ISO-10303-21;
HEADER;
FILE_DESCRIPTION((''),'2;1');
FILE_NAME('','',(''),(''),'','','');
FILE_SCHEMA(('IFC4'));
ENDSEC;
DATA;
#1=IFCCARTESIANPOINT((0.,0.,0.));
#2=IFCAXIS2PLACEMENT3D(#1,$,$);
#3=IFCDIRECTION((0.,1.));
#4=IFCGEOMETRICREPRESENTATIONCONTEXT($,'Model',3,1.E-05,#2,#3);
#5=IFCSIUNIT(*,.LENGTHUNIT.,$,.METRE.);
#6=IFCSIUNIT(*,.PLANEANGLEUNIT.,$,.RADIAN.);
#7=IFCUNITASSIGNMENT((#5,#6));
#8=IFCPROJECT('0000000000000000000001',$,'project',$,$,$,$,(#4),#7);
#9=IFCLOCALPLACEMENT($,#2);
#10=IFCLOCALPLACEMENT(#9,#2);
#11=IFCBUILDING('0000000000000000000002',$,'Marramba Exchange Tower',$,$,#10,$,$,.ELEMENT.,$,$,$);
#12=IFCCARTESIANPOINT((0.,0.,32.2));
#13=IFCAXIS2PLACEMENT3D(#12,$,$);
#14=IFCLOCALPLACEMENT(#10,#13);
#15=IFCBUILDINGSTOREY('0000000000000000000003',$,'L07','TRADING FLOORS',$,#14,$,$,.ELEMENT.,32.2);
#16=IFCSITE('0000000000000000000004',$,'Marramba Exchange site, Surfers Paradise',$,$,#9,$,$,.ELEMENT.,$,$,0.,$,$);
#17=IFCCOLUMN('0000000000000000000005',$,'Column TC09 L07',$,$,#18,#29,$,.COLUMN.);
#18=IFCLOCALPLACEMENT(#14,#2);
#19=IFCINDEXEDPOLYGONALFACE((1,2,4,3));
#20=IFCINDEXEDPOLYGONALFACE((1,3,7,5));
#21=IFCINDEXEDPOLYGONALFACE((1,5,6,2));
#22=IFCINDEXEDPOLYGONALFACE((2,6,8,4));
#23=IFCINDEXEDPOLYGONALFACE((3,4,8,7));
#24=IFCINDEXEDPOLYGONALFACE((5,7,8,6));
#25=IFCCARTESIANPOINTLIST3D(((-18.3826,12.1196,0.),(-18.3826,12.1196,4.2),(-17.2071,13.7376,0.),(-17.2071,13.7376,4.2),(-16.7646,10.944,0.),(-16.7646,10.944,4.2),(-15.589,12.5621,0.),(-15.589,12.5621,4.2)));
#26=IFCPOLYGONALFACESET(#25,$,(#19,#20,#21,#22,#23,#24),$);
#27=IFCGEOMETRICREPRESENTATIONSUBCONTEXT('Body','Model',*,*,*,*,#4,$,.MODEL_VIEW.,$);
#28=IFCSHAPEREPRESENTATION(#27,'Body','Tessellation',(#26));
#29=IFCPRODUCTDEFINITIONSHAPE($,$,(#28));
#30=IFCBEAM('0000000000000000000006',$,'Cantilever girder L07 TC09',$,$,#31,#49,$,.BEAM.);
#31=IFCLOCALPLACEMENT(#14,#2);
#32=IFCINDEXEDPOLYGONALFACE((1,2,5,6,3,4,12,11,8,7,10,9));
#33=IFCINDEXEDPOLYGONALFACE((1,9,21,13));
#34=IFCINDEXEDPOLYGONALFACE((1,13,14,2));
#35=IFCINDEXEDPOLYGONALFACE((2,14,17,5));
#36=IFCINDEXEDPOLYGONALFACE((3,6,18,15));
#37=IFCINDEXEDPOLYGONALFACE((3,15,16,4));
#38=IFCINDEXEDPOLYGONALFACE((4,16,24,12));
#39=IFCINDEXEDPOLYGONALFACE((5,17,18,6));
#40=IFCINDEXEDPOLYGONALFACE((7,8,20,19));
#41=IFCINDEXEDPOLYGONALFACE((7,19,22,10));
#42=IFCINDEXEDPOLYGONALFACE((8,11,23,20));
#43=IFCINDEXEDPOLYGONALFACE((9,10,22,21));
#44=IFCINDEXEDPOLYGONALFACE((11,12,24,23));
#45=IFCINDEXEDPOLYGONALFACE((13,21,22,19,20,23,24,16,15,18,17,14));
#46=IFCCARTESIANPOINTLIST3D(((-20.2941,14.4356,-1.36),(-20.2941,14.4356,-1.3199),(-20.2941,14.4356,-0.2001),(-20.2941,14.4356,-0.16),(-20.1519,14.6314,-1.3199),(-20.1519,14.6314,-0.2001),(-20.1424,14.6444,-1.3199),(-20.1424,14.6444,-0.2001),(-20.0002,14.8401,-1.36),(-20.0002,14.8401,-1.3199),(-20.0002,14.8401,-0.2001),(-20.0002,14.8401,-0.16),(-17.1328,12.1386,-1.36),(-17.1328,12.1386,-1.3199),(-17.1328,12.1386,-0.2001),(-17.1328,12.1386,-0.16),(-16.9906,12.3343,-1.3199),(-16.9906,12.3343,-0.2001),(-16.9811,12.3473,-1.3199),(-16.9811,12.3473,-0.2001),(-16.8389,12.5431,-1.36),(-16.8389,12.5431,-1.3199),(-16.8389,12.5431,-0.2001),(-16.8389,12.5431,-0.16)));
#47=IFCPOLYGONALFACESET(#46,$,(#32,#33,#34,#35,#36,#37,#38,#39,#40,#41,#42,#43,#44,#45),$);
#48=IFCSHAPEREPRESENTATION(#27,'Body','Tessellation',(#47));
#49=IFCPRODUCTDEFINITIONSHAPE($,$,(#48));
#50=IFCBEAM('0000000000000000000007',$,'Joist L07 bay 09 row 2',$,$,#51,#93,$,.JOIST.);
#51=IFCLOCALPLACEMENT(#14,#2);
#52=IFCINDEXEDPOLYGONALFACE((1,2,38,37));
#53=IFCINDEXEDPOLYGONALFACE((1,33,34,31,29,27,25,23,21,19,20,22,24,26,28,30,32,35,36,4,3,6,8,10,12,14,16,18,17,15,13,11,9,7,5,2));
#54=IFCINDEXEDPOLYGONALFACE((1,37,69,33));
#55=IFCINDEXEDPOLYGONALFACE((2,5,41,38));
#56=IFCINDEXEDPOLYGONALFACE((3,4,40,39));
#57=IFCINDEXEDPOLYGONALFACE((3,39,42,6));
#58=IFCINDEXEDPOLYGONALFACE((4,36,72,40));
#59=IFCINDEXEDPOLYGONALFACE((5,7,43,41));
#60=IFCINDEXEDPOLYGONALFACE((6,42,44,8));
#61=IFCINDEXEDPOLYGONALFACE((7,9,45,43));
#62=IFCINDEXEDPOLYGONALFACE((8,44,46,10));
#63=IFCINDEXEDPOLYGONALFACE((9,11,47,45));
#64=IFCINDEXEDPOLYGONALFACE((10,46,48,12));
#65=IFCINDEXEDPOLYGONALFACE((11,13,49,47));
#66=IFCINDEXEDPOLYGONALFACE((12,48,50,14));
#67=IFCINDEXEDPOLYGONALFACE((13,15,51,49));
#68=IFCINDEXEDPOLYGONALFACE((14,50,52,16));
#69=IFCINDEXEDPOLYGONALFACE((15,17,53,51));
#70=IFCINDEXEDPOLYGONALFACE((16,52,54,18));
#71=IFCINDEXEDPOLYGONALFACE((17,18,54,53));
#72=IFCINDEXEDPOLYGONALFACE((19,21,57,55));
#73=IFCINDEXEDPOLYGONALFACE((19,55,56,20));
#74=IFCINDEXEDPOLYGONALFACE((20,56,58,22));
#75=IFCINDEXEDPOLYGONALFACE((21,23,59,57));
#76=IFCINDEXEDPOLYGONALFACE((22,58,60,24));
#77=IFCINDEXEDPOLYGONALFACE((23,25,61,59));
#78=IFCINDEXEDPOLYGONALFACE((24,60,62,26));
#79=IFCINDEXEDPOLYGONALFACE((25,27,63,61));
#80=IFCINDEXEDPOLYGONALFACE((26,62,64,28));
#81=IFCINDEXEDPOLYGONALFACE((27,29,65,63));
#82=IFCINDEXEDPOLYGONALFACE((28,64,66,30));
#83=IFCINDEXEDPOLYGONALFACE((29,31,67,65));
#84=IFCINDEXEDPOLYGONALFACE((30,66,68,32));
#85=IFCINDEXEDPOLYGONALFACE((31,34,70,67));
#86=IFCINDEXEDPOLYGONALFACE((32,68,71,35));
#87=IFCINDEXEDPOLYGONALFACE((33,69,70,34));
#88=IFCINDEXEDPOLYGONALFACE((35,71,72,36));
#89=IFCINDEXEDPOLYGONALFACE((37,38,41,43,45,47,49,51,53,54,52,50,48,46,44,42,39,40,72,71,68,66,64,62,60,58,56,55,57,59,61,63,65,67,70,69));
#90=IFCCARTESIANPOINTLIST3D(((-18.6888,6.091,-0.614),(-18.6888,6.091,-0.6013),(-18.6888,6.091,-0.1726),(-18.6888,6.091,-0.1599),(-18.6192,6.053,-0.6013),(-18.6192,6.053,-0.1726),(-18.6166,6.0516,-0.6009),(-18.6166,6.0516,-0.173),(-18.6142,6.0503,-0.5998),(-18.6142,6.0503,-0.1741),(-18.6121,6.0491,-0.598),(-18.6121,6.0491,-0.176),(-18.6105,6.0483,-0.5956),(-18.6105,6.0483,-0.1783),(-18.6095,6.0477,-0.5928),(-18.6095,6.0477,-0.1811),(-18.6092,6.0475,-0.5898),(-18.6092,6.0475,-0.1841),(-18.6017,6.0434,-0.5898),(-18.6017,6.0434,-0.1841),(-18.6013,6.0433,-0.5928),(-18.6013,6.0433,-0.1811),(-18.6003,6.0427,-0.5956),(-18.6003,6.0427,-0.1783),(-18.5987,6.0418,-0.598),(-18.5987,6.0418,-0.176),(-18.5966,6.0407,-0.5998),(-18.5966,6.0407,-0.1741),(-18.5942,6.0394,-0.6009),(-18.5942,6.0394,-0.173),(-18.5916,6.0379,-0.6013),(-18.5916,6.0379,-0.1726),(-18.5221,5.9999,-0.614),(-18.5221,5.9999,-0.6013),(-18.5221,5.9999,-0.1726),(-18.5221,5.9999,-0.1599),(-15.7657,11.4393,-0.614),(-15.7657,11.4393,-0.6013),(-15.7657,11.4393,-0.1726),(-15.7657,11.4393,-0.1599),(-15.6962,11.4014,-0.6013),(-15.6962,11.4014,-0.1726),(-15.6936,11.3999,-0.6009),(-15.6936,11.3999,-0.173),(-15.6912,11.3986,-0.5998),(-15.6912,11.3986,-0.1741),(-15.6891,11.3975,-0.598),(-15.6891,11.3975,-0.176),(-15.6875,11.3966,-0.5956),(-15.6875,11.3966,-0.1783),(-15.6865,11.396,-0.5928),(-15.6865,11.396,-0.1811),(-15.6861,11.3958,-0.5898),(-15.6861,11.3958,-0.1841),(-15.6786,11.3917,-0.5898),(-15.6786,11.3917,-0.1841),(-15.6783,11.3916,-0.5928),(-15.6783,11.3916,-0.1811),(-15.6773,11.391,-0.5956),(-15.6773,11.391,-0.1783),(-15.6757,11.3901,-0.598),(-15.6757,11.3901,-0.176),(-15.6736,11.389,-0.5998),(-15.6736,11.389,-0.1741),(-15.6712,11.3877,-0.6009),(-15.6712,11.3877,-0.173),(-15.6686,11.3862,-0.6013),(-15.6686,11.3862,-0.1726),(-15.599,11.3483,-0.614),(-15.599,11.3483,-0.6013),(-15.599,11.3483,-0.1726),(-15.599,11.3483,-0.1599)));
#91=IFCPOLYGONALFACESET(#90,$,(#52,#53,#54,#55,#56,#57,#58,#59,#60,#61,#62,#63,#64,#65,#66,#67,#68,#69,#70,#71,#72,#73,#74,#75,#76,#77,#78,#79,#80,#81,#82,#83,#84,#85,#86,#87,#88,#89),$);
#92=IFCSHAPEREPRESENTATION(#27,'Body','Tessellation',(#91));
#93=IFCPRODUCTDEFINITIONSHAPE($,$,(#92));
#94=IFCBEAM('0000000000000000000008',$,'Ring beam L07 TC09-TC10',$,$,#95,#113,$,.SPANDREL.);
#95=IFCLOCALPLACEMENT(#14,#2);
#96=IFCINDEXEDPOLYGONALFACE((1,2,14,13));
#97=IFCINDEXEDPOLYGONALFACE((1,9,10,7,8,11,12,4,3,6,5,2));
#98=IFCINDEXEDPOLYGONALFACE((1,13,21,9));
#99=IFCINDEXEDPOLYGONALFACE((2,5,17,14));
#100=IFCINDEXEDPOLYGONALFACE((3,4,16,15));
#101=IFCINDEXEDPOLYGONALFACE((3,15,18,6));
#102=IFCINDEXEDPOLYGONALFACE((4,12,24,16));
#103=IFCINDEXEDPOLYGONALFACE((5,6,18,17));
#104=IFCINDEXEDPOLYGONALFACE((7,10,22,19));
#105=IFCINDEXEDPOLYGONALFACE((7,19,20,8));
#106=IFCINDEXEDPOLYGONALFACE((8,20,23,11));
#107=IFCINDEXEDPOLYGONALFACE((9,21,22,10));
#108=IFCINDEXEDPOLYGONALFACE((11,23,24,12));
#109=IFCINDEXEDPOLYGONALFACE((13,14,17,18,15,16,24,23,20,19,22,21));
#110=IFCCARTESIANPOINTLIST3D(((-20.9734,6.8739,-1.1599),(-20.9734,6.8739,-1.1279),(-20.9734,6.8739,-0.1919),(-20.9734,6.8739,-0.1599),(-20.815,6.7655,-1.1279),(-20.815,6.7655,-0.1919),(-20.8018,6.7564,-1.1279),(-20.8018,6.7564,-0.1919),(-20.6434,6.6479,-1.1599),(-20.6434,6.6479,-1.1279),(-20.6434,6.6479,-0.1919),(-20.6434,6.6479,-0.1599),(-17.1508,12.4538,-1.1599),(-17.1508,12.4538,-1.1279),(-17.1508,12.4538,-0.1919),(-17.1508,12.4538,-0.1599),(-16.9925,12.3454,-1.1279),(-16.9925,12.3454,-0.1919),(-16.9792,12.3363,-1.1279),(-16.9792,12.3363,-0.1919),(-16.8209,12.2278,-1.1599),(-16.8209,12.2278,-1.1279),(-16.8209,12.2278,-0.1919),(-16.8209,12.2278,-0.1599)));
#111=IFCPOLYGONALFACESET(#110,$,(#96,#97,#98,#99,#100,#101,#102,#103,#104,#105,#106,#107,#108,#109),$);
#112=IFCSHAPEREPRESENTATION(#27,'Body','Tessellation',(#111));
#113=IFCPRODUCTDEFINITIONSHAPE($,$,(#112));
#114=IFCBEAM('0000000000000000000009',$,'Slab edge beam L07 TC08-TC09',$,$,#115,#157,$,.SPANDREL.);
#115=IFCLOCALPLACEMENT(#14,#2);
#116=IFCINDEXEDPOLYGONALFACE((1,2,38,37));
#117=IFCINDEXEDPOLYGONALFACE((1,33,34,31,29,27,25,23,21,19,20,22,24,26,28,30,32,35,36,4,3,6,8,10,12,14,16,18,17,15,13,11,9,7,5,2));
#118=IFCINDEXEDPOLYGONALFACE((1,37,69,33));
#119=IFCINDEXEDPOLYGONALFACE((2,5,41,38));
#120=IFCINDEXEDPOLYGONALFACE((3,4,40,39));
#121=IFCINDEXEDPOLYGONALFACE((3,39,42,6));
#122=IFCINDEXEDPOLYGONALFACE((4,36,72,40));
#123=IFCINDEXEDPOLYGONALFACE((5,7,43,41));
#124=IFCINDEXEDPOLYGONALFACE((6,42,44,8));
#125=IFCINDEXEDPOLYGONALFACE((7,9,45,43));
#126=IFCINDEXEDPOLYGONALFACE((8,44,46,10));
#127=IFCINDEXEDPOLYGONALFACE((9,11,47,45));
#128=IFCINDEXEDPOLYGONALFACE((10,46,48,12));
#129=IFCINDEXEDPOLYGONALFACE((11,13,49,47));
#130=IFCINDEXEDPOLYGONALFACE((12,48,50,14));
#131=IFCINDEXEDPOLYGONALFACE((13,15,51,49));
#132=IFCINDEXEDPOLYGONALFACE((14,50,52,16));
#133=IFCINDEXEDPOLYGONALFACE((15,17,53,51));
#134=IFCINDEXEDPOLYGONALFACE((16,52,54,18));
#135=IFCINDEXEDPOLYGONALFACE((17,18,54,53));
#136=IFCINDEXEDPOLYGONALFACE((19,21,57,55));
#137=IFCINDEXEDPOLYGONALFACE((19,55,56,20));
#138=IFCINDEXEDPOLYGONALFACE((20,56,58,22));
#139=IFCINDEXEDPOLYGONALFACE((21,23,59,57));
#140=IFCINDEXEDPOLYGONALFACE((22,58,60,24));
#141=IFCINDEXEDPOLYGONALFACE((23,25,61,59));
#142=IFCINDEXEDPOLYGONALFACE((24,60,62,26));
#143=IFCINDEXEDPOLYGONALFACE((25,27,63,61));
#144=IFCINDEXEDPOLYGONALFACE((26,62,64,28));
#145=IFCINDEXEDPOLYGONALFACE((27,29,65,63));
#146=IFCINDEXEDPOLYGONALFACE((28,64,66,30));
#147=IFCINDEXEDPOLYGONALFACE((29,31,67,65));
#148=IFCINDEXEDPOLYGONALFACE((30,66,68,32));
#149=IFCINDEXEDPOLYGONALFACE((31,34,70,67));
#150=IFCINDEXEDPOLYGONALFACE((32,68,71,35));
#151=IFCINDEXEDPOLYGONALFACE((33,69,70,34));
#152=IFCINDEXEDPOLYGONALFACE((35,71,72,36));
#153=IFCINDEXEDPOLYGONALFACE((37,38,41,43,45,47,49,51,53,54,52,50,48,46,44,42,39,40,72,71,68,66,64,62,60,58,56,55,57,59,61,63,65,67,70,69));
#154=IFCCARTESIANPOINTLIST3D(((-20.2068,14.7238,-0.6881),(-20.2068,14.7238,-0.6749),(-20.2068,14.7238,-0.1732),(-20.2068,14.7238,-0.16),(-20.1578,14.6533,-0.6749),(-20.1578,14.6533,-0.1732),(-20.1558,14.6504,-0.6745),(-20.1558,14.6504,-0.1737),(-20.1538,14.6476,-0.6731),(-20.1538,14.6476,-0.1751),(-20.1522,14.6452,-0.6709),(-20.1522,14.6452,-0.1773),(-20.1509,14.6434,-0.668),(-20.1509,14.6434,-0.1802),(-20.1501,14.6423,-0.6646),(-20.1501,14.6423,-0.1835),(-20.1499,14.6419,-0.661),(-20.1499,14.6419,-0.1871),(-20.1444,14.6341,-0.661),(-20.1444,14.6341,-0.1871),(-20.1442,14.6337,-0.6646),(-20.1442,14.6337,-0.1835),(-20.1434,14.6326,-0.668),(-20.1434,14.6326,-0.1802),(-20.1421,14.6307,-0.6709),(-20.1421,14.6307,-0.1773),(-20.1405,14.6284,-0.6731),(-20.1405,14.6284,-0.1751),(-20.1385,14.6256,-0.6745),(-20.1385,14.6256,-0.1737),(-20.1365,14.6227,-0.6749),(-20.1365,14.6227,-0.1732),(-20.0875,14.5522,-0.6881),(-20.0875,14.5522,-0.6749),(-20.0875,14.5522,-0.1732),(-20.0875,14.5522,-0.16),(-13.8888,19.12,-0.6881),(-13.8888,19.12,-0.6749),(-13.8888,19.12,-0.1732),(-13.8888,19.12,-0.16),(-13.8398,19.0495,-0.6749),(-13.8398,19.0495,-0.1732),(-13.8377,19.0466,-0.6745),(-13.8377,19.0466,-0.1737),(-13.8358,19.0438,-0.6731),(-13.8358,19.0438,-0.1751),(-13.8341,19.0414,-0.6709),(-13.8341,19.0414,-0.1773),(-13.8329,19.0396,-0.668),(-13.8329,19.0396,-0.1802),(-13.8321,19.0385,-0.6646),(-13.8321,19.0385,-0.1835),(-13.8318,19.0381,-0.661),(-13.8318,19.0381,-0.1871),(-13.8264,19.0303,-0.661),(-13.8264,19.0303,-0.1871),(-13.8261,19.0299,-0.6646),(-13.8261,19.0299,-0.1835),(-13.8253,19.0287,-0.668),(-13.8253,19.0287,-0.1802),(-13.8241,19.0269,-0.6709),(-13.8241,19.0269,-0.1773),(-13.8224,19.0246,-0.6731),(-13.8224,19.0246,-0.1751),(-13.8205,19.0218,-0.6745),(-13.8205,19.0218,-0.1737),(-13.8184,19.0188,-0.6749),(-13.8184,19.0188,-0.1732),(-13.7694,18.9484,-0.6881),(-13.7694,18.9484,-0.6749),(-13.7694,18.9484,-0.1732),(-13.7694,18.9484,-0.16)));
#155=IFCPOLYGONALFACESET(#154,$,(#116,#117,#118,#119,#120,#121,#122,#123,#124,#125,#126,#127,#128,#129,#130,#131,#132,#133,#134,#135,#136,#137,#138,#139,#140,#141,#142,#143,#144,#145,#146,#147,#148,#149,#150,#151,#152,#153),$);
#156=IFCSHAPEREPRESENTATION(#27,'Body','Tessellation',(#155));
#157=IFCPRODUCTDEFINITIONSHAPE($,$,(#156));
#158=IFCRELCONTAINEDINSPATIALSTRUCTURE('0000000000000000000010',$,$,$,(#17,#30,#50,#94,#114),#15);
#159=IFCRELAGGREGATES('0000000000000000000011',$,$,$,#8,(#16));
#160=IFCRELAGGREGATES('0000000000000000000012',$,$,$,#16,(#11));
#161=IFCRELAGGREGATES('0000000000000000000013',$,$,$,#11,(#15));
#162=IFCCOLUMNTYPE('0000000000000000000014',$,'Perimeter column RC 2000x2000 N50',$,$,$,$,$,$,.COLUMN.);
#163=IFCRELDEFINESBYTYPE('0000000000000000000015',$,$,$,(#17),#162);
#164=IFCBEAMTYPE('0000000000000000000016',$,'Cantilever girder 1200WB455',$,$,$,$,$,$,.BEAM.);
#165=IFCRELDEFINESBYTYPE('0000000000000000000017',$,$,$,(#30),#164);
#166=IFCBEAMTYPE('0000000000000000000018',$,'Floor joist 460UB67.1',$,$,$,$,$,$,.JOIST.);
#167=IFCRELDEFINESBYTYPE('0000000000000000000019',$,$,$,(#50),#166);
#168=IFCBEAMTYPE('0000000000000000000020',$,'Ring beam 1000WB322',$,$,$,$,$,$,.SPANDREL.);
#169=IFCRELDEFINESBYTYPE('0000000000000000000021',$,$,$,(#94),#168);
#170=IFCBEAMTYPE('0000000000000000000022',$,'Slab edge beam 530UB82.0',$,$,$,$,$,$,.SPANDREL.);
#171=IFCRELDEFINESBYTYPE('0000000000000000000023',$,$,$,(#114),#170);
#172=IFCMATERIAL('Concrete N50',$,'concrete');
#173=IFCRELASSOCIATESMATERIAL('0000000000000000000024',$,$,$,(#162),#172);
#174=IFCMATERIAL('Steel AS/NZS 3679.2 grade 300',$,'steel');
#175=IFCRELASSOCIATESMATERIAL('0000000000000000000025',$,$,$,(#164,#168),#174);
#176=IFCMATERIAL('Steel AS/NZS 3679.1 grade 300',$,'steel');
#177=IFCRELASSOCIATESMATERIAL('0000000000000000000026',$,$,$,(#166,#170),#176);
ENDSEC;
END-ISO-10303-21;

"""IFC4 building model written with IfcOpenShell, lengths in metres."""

from ifc_helpers import new_model, si_unit, direction, frame, origin, origin_2d, place, context, subcontext, project, spatial, rectangle, i_section, extrude, material, material_profile, profile_set, type_object, element, save


model = new_model("IFC4")

# Units and contexts
model_context = context("Model", 3, precision=1e-05, world=origin(), true_north=direction((0.0, 1.0)))
body_context = subcontext(model_context, "Body", "Model", "MODEL_VIEW")
ifc_project = project(units=[si_unit("LENGTHUNIT", "METRE"), si_unit("PLANEANGLEUNIT", "RADIAN")], contexts=[model_context])

# Site, building, storey
site_placement = place(None, origin())
site = spatial("IfcSite", under=ifc_project, at=site_placement, Name="Marramba Exchange site, Surfers Paradise", CompositionType="ELEMENT", RefElevation=0.0)
building_placement = place(site_placement, origin())
building = spatial("IfcBuilding", under=site, at=building_placement, Name="Marramba Exchange Tower", CompositionType="ELEMENT")
storey_placement = place(building_placement, frame((0.0, 0.0, 32.2)))
storey = spatial("IfcBuildingStorey", under=building, at=storey_placement, Name="L07", Description="TRADING FLOORS", CompositionType="ELEMENT", Elevation=32.2)

# Column
ifc_material_1 = material(Name="Concrete N50", Category="concrete")
ifc_material_profile_1 = material_profile(ifc_material_1, rectangle(XDim=2.0, YDim=2.0, at=origin_2d()), Name="RC 2000x2000")
ifc_profile_set_1 = profile_set([ifc_material_profile_1], Name="Concrete N50")
column_type = type_object("IfcColumnType", Name="Perimeter column RC 2000x2000 N50", PredefinedType="COLUMN", material=ifc_profile_set_1)
column_placement = place(storey_placement, frame((-16.9858, 12.3408, 0.0), z_axis=(0.0, 0.0, 1.0), x_axis=(-0.809017, 0.587785, 0.0)))
element("IfcColumn", 1, at=column_placement, inside=storey, type_object=column_type, Name="Column TC09 L07", PredefinedType="COLUMN", context=body_context, shape_type="SweptSolid", body=[
    extrude(rectangle(XDim=2.0, YDim=2.0, at=origin_2d()), origin(), (0.0, 0.0, 1.0), 4.2),
])

# Beams
ifc_material_2 = material(Name="Steel AS/NZS 3679.2 grade 300", Category="steel")
ifc_material_profile_2 = material_profile(ifc_material_2, i_section(OverallWidth=0.5, OverallDepth=1.2, WebThickness=0.0161, FlangeThickness=0.04, at=origin_2d()), Name="1200WB455")
ifc_profile_set_2 = profile_set([ifc_material_profile_2], Name="Steel AS/NZS 3679.2 grade 300")
beam_type_1 = type_object("IfcBeamType", Name="Cantilever girder 1200WB455", PredefinedType="BEAM", material=ifc_profile_set_2)
beam_1_placement = place(storey_placement, frame((-16.9858, 12.3408, -0.76), z_axis=(-0.808987, 0.587826, 0.0), x_axis=(-0.587826, -0.808987, 0.0)))
element("IfcBeam", 2, at=beam_1_placement, inside=storey, type_object=beam_type_1, Name="Cantilever girder L07 TC09", PredefinedType="BEAM", context=body_context, shape_type="SweptSolid", body=[
    extrude(i_section(OverallWidth=0.5, OverallDepth=1.2, WebThickness=0.0161, FlangeThickness=0.04, at=origin_2d()), origin(), (0.0, 0.0, 1.0), 3.9077),
])
ifc_material_3 = material(Name="Steel AS/NZS 3679.1 grade 300", Category="steel")
ifc_material_profile_3 = material_profile(ifc_material_3, i_section(OverallWidth=0.1899, OverallDepth=0.4541, WebThickness=0.0085, FlangeThickness=0.0127, FilletRadius=0.0115, at=origin_2d()), Name="460UB67.1")
ifc_profile_set_3 = profile_set([ifc_material_profile_3], Name="Steel AS/NZS 3679.1 grade 300")
beam_type_2 = type_object("IfcBeamType", Name="Floor joist 460UB67.1", PredefinedType="JOIST", material=ifc_profile_set_3)
beam_2_placement = place(storey_placement, frame((-15.6824, 11.3938, -0.387), z_axis=(-0.479584, -0.877496, 0.0), x_axis=(0.877496, -0.479584, 0.0)))
element("IfcBeam", 3, at=beam_2_placement, inside=storey, type_object=beam_type_2, Name="Joist L07 bay 09 row 2", PredefinedType="JOIST", context=body_context, shape_type="SweptSolid", body=[
    extrude(i_section(OverallWidth=0.1899, OverallDepth=0.4541, WebThickness=0.0085, FlangeThickness=0.0127, FilletRadius=0.0115, at=origin_2d()), origin(), (0.0, 0.0, 1.0), 6.095),
])
ifc_material_profile_4 = material_profile(ifc_material_2, i_section(OverallWidth=0.3999, OverallDepth=1.0, WebThickness=0.0161, FlangeThickness=0.032, at=origin_2d()), Name="1000WB322")
ifc_profile_set_4 = profile_set([ifc_material_profile_4], Name="Steel AS/NZS 3679.2 grade 300")
beam_type_3 = type_object("IfcBeamType", Name="Ring beam 1000WB322", PredefinedType="SPANDREL", material=ifc_profile_set_4)
beam_3_placement = place(storey_placement, frame((-16.9858, 12.3408, -0.6599), z_axis=(-0.56516, -0.824981, 0.0), x_axis=(0.824981, -0.56516, 0.0)))
element("IfcBeam", 4, at=beam_3_placement, inside=storey, type_object=beam_type_3, Name="Ring beam L07 TC09-TC10", PredefinedType="SPANDREL", context=body_context, shape_type="SweptSolid", body=[
    extrude(i_section(OverallWidth=0.3999, OverallDepth=1.0, WebThickness=0.0161, FlangeThickness=0.032, at=origin_2d()), origin(), (0.0, 0.0, 1.0), 6.7637),
])
ifc_material_profile_5 = material_profile(ifc_material_3, i_section(OverallWidth=0.209, OverallDepth=0.5281, WebThickness=0.0095, FlangeThickness=0.0132, FilletRadius=0.0139, at=origin_2d()), Name="530UB82.0")
ifc_profile_set_5 = profile_set([ifc_material_profile_5], Name="Steel AS/NZS 3679.1 grade 300")
beam_type_4 = type_object("IfcBeamType", Name="Slab edge beam 530UB82.0", PredefinedType="SPANDREL", material=ifc_profile_set_5)
beam_4_placement = place(storey_placement, frame((-13.8291, 19.0342, -0.4241), z_axis=(-0.820842, -0.571155, 0.0), x_axis=(0.571155, -0.820842, 0.0)))
element("IfcBeam", 5, at=beam_4_placement, inside=storey, type_object=beam_type_4, Name="Slab edge beam L07 TC08-TC09", PredefinedType="SPANDREL", context=body_context, shape_type="SweptSolid", body=[
    extrude(i_section(OverallWidth=0.209, OverallDepth=0.5281, WebThickness=0.0095, FlangeThickness=0.0132, FilletRadius=0.0139, at=origin_2d()), origin(), (0.0, 0.0, 1.0), 7.697),
])

save(model, "model.ifc")
